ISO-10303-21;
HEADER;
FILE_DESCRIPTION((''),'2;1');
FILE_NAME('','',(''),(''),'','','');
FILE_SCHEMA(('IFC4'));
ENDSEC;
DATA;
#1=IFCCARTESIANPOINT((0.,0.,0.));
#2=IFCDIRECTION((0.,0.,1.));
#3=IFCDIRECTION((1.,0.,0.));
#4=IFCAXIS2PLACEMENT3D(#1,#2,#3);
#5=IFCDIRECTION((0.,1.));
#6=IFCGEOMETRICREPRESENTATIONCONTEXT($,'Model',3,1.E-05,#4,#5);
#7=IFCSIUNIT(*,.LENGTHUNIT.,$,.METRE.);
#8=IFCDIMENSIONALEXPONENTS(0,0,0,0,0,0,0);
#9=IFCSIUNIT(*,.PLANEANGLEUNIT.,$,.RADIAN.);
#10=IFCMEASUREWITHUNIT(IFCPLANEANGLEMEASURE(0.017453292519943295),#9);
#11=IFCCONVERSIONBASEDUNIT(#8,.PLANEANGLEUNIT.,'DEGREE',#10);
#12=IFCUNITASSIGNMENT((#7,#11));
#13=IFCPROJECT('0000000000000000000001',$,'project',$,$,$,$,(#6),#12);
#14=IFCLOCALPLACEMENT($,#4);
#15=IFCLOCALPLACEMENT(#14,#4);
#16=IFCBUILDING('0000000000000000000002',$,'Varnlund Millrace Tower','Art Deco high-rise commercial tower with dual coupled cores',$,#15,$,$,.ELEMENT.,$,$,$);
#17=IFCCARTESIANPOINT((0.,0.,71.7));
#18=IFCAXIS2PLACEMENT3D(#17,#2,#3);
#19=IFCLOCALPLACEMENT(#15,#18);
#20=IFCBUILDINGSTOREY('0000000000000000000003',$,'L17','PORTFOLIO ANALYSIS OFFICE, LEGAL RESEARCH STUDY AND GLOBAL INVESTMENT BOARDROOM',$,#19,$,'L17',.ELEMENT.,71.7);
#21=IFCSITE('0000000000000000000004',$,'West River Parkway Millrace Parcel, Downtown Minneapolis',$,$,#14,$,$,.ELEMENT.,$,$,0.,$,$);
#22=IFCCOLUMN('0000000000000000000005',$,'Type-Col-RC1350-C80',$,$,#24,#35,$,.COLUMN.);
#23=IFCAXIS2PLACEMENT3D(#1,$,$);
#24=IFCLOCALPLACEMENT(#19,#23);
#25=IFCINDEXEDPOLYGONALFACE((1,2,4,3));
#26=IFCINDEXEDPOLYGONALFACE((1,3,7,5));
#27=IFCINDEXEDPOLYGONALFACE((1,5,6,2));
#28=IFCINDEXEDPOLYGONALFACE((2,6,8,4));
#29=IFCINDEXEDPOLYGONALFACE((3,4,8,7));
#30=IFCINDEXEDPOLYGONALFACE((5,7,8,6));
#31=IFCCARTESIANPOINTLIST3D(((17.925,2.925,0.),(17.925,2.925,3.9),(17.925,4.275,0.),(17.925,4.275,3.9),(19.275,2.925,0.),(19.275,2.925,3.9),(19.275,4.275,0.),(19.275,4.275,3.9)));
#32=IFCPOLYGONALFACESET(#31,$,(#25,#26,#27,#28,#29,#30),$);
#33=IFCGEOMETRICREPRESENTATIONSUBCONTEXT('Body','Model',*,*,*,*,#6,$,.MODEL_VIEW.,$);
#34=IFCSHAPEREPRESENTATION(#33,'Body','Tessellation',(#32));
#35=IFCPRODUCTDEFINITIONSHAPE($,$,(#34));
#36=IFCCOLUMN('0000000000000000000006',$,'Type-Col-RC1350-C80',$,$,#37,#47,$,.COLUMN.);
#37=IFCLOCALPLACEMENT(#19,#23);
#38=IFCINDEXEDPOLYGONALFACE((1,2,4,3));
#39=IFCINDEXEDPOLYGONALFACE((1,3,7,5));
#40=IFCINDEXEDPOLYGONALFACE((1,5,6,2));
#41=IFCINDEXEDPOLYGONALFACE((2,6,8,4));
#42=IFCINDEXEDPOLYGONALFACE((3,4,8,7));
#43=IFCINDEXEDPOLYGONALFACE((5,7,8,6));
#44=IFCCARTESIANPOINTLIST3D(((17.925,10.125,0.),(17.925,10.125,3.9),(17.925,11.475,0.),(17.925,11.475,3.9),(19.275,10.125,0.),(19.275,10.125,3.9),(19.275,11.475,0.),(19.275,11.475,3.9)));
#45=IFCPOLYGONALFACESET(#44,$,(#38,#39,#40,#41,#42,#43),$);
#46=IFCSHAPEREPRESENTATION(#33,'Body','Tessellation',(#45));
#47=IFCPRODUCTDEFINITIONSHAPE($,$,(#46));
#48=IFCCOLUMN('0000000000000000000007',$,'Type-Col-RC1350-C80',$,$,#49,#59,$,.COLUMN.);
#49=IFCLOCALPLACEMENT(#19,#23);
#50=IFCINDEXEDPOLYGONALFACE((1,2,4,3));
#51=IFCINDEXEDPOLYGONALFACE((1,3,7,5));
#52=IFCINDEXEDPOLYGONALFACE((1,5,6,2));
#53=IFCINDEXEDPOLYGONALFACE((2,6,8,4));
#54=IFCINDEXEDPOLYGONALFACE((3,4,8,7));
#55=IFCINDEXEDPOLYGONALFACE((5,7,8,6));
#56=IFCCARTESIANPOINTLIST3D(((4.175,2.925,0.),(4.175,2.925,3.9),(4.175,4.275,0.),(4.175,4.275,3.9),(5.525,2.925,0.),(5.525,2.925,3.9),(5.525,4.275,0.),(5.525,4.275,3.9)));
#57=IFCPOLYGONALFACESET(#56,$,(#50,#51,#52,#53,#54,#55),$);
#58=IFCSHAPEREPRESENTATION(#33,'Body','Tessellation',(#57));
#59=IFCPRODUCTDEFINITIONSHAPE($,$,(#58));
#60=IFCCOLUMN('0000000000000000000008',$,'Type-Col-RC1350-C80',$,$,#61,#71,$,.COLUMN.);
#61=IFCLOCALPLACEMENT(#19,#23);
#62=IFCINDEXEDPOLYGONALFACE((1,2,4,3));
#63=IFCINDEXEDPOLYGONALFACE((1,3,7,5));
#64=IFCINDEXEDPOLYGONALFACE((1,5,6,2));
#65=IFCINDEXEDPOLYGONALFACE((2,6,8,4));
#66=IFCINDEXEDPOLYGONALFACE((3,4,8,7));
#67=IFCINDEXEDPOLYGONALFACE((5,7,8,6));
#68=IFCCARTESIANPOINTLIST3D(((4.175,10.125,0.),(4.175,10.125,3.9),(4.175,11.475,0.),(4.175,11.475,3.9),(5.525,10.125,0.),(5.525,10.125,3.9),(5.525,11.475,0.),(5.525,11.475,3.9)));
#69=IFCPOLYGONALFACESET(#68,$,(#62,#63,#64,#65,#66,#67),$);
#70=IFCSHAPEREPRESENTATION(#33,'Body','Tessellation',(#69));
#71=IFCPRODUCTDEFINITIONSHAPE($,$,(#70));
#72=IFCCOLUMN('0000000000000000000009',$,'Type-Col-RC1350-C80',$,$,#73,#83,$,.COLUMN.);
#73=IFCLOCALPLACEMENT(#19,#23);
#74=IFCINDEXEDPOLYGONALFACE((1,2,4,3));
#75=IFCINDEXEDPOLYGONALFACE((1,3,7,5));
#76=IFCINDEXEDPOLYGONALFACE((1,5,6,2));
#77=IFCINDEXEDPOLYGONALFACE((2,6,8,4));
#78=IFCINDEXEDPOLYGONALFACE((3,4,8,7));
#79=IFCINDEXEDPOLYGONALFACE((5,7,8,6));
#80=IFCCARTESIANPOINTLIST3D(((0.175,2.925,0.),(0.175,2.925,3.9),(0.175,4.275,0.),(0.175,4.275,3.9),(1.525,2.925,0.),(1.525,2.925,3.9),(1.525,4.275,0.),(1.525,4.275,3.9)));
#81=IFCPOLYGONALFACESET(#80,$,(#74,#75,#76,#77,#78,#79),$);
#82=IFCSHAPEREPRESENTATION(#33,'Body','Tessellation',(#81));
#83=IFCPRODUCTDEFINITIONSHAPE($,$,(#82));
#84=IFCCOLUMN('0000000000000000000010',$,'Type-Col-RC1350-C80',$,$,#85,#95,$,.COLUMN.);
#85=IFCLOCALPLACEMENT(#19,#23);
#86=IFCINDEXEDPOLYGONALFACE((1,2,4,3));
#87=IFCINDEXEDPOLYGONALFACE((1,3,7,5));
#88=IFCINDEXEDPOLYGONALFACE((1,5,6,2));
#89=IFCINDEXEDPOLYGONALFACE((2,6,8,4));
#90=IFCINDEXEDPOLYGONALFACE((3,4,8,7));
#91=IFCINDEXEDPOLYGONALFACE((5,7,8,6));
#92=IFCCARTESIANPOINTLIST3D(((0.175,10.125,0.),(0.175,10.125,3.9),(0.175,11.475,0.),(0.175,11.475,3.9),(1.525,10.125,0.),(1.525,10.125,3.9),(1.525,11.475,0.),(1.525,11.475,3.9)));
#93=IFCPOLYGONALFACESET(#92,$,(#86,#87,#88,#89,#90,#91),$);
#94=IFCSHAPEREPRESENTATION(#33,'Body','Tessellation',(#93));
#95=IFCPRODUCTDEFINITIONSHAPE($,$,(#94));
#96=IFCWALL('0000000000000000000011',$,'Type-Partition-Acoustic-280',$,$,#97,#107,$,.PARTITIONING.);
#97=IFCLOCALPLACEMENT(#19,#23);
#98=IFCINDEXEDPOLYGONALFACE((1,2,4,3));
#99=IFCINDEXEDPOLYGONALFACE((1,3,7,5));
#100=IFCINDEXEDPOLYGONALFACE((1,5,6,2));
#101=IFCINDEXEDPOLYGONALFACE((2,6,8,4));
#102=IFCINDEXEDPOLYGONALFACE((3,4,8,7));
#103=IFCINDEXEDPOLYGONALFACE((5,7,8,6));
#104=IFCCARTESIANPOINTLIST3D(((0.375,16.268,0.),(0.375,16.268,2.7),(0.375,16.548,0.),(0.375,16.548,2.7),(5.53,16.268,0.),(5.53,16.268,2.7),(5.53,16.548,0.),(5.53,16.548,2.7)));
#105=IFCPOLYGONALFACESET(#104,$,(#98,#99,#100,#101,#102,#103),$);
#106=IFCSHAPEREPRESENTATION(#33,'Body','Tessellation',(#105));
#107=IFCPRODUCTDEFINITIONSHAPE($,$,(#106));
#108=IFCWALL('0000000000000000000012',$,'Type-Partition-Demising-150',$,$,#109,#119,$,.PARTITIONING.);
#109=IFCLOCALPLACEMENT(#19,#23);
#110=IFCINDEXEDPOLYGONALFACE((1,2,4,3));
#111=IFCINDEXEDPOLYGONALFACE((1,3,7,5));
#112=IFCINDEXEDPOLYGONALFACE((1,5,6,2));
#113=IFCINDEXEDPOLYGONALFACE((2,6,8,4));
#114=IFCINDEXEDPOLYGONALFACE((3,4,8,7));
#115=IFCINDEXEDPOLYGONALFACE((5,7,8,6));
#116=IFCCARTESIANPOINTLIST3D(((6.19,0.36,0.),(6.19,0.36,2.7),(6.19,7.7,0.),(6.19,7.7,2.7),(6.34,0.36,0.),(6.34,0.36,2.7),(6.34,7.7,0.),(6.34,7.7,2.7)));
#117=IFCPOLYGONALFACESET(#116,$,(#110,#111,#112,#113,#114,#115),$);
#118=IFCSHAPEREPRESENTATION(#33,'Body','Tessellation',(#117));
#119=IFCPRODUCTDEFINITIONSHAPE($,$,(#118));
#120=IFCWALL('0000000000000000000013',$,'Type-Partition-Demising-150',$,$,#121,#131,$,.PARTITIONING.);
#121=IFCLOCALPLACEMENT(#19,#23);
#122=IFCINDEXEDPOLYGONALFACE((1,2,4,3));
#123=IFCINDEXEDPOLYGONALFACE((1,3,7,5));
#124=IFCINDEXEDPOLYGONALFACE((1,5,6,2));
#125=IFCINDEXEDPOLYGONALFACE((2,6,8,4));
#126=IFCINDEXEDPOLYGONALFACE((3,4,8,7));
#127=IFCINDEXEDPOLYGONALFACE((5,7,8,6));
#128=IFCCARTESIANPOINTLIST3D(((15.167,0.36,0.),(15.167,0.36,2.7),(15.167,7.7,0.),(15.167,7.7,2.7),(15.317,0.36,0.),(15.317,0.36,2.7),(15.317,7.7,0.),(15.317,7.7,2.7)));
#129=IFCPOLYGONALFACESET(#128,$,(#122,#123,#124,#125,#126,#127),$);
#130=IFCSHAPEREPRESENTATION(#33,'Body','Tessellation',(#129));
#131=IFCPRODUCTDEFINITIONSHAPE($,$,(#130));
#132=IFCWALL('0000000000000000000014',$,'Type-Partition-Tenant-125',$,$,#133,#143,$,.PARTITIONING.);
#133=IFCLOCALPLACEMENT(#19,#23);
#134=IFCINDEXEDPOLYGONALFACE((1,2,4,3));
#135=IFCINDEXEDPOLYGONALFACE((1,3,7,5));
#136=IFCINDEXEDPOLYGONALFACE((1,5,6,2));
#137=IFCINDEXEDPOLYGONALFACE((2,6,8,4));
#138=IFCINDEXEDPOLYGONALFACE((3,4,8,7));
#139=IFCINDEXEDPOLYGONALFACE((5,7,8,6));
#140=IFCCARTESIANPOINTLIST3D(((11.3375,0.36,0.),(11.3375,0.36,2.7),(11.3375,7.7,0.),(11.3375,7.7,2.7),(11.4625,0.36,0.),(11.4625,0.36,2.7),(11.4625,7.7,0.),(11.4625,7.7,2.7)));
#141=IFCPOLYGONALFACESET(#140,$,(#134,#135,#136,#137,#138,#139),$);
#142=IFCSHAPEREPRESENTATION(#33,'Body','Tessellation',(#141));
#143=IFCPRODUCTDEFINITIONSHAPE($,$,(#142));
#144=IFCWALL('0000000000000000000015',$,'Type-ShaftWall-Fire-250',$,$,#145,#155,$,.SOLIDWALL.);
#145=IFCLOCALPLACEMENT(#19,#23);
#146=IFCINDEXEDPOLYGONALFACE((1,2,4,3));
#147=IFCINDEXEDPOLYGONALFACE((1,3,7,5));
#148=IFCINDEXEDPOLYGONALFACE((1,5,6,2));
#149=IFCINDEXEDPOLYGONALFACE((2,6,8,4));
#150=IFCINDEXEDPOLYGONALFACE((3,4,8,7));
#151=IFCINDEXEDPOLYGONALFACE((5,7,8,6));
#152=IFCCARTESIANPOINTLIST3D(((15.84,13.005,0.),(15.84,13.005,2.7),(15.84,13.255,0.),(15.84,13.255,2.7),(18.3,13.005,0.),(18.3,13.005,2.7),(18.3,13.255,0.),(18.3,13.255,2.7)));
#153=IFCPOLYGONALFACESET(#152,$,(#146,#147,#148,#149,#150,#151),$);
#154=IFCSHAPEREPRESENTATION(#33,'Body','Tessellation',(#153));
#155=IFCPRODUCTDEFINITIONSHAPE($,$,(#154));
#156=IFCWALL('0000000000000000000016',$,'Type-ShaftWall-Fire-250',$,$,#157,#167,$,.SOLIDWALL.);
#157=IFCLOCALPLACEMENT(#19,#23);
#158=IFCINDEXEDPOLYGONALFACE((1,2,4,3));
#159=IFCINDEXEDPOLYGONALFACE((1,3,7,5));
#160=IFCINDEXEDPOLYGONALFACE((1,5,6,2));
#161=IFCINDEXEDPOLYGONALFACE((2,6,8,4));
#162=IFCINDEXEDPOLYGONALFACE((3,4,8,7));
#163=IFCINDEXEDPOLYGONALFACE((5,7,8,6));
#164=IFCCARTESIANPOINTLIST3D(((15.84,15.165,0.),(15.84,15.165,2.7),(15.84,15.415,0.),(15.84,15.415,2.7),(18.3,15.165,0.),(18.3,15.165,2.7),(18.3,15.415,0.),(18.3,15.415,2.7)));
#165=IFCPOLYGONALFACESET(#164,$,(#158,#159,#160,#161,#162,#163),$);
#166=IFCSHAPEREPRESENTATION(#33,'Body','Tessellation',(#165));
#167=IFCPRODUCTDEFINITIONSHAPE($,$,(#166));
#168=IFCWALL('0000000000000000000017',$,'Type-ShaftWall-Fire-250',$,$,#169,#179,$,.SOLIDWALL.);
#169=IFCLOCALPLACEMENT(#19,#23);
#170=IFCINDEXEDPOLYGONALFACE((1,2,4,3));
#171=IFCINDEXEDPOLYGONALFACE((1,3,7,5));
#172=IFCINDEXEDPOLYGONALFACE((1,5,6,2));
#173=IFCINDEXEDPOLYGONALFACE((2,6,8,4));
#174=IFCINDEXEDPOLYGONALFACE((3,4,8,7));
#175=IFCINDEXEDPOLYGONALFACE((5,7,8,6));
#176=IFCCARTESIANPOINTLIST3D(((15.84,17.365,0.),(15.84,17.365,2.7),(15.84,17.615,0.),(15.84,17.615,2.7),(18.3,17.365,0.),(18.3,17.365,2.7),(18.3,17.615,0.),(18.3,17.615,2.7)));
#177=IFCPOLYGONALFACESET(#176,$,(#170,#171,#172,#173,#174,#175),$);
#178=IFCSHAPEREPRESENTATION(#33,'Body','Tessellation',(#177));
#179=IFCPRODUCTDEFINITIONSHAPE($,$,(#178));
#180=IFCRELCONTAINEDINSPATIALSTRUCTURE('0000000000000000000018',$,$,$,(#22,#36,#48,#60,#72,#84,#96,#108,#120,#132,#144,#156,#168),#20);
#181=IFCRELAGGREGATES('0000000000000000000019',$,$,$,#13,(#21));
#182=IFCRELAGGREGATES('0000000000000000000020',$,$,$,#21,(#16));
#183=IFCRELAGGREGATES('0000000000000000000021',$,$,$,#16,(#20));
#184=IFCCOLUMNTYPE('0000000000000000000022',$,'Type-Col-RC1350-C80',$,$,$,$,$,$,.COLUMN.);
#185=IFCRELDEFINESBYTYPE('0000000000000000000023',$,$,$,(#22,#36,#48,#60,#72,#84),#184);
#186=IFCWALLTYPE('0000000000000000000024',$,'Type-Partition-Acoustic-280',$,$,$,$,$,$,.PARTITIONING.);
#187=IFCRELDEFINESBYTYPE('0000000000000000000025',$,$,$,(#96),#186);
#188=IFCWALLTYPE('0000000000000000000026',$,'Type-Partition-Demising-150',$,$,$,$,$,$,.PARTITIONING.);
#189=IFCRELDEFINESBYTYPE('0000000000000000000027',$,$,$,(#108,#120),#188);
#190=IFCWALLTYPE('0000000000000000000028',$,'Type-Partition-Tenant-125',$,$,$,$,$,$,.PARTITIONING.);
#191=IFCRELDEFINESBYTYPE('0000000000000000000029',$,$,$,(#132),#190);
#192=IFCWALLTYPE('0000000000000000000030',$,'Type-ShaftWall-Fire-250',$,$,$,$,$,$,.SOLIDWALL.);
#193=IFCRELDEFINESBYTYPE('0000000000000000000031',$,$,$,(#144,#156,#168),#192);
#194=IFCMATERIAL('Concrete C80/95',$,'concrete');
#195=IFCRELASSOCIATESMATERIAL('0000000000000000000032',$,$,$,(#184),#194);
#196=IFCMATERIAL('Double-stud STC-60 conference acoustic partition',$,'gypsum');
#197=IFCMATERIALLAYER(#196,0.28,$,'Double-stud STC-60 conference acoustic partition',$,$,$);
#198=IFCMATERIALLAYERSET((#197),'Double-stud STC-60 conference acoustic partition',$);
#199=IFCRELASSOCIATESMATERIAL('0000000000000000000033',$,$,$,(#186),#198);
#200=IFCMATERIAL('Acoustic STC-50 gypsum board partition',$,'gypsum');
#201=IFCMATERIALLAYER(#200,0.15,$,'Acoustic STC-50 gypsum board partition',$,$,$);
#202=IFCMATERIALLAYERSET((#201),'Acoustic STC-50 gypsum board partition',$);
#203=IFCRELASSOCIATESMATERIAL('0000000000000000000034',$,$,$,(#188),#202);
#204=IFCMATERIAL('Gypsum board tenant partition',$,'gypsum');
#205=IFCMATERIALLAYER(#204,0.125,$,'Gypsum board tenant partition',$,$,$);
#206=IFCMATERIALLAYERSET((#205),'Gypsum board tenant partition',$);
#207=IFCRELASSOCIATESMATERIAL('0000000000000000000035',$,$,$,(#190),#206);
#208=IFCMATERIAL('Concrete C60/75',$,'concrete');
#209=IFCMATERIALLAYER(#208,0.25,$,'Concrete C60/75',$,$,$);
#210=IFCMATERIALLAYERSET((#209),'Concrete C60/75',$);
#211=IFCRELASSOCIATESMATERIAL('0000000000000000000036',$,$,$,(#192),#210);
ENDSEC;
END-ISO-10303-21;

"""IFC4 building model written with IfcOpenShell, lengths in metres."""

from ifc_helpers import new_model, entity, si_unit, converted_unit, direction, frame, origin_with_axes, origin_2d_with_axis, place, context, subcontext, project, spatial, polyline, rectangle, outline, extrude, material, layer, layer_set, material_profile, profile_set, type_object, element, save


model = new_model("IFC4")

# Units and contexts
model_context = context("Model", 3, precision=1e-05, world=origin_with_axes(), true_north=direction((0.0, 1.0)))
body_context = subcontext(model_context, "Body", "Model", "MODEL_VIEW")
ifc_project = project(units=[si_unit("LENGTHUNIT", "METRE"), converted_unit("PLANEANGLEUNIT", "DEGREE", entity("IfcPlaneAngleMeasure", 0.017453292519943295), si_unit("PLANEANGLEUNIT", "RADIAN"), dimensions=[0, 0, 0, 0, 0, 0, 0])], contexts=[model_context])

# Site, building, storey
site_placement = place(None, origin_with_axes())
site = spatial("IfcSite", under=ifc_project, at=site_placement, Name="West River Parkway Millrace Parcel, Downtown Minneapolis", CompositionType="ELEMENT", RefElevation=0.0)
building_placement = place(site_placement, origin_with_axes())
building = spatial("IfcBuilding", under=site, at=building_placement, Name="Varnlund Millrace Tower", Description="Art Deco high-rise commercial tower with dual coupled cores", CompositionType="ELEMENT")
storey_placement = place(building_placement, frame((0.0, 0.0, 71.7), z_axis=(0.0, 0.0, 1.0), x_axis=(1.0, 0.0, 0.0)))
storey = spatial("IfcBuildingStorey", under=building, at=storey_placement, Name="L17", Description="PORTFOLIO ANALYSIS OFFICE, LEGAL RESEARCH STUDY AND GLOBAL INVESTMENT BOARDROOM", LongName="L17", CompositionType="ELEMENT", Elevation=71.7)

# Columns
ifc_material_1 = material(Name="Concrete C80/95", Category="concrete")
ifc_material_profile = material_profile(ifc_material_1, rectangle(XDim=1.35, YDim=1.35, at=origin_2d_with_axis()), Name="Concrete C80/95")
ifc_profile_set = profile_set([ifc_material_profile], Name="Concrete C80/95")
column_type = type_object("IfcColumnType", Name="Type-Col-RC1350-C80", PredefinedType="COLUMN", material=ifc_profile_set)
for number, where, z_axis, x_axis, name in (
    (1, (18.6, 3.6, 0.0), (0.0, 0.0, 1.0), (1.0, 0.0, 0.0), "Type-Col-RC1350-C80"),
    (2, (18.6, 10.8, 0.0), (0.0, 0.0, 1.0), (1.0, 0.0, 0.0), "Type-Col-RC1350-C80"),
    (3, (4.85, 3.6, 0.0), (0.0, 0.0, 1.0), (1.0, 0.0, 0.0), "Type-Col-RC1350-C80"),
    (4, (4.85, 10.8, 0.0), (0.0, 0.0, 1.0), (1.0, 0.0, 0.0), "Type-Col-RC1350-C80"),
    (5, (0.85, 3.6, 0.0), (0.0, 0.0, 1.0), (1.0, 0.0, 0.0), "Type-Col-RC1350-C80"),
    (6, (0.85, 10.8, 0.0), (0.0, 0.0, 1.0), (1.0, 0.0, 0.0), "Type-Col-RC1350-C80"),
):
    element("IfcColumn", number, at=place(storey_placement, frame(where, z_axis=z_axis, x_axis=x_axis)), inside=storey, type_object=column_type, Name=name, PredefinedType="COLUMN", context=body_context, shape_type="SweptSolid", body=[
        extrude(rectangle(XDim=1.35, YDim=1.35, at=origin_2d_with_axis()), origin_with_axes(), (0.0, 0.0, 1.0), 3.9),
    ])

# Wall
ifc_material_2 = material(Name="Double-stud STC-60 conference acoustic partition", Category="gypsum")
ifc_layer_1 = layer(ifc_material_2, 0.28, Name="Double-stud STC-60 conference acoustic partition")
ifc_layer_set_1 = layer_set([ifc_layer_1], Name="Double-stud STC-60 conference acoustic partition")
wall_type_1 = type_object("IfcWallType", Name="Type-Partition-Acoustic-280", PredefinedType="PARTITIONING", material=ifc_layer_set_1)
wall_1_placement = place(storey_placement, frame((0.375, 16.408, 0.0), z_axis=(0.0, 0.0, 1.0), x_axis=(1.0, 0.0, 0.0)))
element("IfcWall", 7, at=wall_1_placement, inside=storey, type_object=wall_type_1, Name="Type-Partition-Acoustic-280", PredefinedType="PARTITIONING", context=body_context, shape_type="SweptSolid", body=[
    extrude(outline(polyline([(0.0, -0.14), (5.155, -0.14), (5.155, 0.14), (0.0, 0.14), (0.0, -0.14)])), origin_with_axes(), (0.0, 0.0, 1.0), 2.7),
])

# Walls
ifc_material_3 = material(Name="Acoustic STC-50 gypsum board partition", Category="gypsum")
ifc_layer_2 = layer(ifc_material_3, 0.15, Name="Acoustic STC-50 gypsum board partition")
ifc_layer_set_2 = layer_set([ifc_layer_2], Name="Acoustic STC-50 gypsum board partition")
wall_type_2 = type_object("IfcWallType", Name="Type-Partition-Demising-150", PredefinedType="PARTITIONING", material=ifc_layer_set_2)
for number, where, z_axis, x_axis, name in (
    (8, (6.265, 0.36, 0.0), (0.0, 0.0, 1.0), (0.0, 1.0, 0.0), "Type-Partition-Demising-150"),
    (9, (15.242, 0.36, 0.0), (0.0, 0.0, 1.0), (0.0, 1.0, 0.0), "Type-Partition-Demising-150"),
):
    element("IfcWall", number, at=place(storey_placement, frame(where, z_axis=z_axis, x_axis=x_axis)), inside=storey, type_object=wall_type_2, Name=name, PredefinedType="PARTITIONING", context=body_context, shape_type="SweptSolid", body=[
        extrude(outline(polyline([(0.0, -0.075), (7.34, -0.075), (7.34, 0.075), (0.0, 0.075), (0.0, -0.075)])), origin_with_axes(), (0.0, 0.0, 1.0), 2.7),
    ])
ifc_material_4 = material(Name="Gypsum board tenant partition", Category="gypsum")
ifc_layer_3 = layer(ifc_material_4, 0.125, Name="Gypsum board tenant partition")
ifc_layer_set_3 = layer_set([ifc_layer_3], Name="Gypsum board tenant partition")
wall_type_3 = type_object("IfcWallType", Name="Type-Partition-Tenant-125", PredefinedType="PARTITIONING", material=ifc_layer_set_3)
wall_2_placement = place(storey_placement, frame((11.4, 0.36, 0.0), z_axis=(0.0, 0.0, 1.0), x_axis=(0.0, 1.0, 0.0)))
element("IfcWall", 10, at=wall_2_placement, inside=storey, type_object=wall_type_3, Name="Type-Partition-Tenant-125", PredefinedType="PARTITIONING", context=body_context, shape_type="SweptSolid", body=[
    extrude(outline(polyline([(0.0, -0.0625), (7.34, -0.0625), (7.34, 0.0625), (0.0, 0.0625), (0.0, -0.0625)])), origin_with_axes(), (0.0, 0.0, 1.0), 2.7),
])
ifc_material_5 = material(Name="Concrete C60/75", Category="concrete")
ifc_layer_4 = layer(ifc_material_5, 0.25, Name="Concrete C60/75")
ifc_layer_set_4 = layer_set([ifc_layer_4], Name="Concrete C60/75")
wall_type_4 = type_object("IfcWallType", Name="Type-ShaftWall-Fire-250", PredefinedType="SOLIDWALL", material=ifc_layer_set_4)
for number, where, z_axis, x_axis, name in (
    (11, (15.84, 13.13, 0.0), (0.0, 0.0, 1.0), (1.0, 0.0, 0.0), "Type-ShaftWall-Fire-250"),
    (12, (15.84, 15.29, 0.0), (0.0, 0.0, 1.0), (1.0, 0.0, 0.0), "Type-ShaftWall-Fire-250"),
    (13, (15.84, 17.49, 0.0), (0.0, 0.0, 1.0), (1.0, 0.0, 0.0), "Type-ShaftWall-Fire-250"),
):
    element("IfcWall", number, at=place(storey_placement, frame(where, z_axis=z_axis, x_axis=x_axis)), inside=storey, type_object=wall_type_4, Name=name, PredefinedType="SOLIDWALL", context=body_context, shape_type="SweptSolid", body=[
        extrude(outline(polyline([(0.0, -0.125), (2.46, -0.125), (2.46, 0.125), (0.0, 0.125), (0.0, -0.125)])), origin_with_axes(), (0.0, 0.0, 1.0), 2.7),
    ])

save(model, "model.ifc")
